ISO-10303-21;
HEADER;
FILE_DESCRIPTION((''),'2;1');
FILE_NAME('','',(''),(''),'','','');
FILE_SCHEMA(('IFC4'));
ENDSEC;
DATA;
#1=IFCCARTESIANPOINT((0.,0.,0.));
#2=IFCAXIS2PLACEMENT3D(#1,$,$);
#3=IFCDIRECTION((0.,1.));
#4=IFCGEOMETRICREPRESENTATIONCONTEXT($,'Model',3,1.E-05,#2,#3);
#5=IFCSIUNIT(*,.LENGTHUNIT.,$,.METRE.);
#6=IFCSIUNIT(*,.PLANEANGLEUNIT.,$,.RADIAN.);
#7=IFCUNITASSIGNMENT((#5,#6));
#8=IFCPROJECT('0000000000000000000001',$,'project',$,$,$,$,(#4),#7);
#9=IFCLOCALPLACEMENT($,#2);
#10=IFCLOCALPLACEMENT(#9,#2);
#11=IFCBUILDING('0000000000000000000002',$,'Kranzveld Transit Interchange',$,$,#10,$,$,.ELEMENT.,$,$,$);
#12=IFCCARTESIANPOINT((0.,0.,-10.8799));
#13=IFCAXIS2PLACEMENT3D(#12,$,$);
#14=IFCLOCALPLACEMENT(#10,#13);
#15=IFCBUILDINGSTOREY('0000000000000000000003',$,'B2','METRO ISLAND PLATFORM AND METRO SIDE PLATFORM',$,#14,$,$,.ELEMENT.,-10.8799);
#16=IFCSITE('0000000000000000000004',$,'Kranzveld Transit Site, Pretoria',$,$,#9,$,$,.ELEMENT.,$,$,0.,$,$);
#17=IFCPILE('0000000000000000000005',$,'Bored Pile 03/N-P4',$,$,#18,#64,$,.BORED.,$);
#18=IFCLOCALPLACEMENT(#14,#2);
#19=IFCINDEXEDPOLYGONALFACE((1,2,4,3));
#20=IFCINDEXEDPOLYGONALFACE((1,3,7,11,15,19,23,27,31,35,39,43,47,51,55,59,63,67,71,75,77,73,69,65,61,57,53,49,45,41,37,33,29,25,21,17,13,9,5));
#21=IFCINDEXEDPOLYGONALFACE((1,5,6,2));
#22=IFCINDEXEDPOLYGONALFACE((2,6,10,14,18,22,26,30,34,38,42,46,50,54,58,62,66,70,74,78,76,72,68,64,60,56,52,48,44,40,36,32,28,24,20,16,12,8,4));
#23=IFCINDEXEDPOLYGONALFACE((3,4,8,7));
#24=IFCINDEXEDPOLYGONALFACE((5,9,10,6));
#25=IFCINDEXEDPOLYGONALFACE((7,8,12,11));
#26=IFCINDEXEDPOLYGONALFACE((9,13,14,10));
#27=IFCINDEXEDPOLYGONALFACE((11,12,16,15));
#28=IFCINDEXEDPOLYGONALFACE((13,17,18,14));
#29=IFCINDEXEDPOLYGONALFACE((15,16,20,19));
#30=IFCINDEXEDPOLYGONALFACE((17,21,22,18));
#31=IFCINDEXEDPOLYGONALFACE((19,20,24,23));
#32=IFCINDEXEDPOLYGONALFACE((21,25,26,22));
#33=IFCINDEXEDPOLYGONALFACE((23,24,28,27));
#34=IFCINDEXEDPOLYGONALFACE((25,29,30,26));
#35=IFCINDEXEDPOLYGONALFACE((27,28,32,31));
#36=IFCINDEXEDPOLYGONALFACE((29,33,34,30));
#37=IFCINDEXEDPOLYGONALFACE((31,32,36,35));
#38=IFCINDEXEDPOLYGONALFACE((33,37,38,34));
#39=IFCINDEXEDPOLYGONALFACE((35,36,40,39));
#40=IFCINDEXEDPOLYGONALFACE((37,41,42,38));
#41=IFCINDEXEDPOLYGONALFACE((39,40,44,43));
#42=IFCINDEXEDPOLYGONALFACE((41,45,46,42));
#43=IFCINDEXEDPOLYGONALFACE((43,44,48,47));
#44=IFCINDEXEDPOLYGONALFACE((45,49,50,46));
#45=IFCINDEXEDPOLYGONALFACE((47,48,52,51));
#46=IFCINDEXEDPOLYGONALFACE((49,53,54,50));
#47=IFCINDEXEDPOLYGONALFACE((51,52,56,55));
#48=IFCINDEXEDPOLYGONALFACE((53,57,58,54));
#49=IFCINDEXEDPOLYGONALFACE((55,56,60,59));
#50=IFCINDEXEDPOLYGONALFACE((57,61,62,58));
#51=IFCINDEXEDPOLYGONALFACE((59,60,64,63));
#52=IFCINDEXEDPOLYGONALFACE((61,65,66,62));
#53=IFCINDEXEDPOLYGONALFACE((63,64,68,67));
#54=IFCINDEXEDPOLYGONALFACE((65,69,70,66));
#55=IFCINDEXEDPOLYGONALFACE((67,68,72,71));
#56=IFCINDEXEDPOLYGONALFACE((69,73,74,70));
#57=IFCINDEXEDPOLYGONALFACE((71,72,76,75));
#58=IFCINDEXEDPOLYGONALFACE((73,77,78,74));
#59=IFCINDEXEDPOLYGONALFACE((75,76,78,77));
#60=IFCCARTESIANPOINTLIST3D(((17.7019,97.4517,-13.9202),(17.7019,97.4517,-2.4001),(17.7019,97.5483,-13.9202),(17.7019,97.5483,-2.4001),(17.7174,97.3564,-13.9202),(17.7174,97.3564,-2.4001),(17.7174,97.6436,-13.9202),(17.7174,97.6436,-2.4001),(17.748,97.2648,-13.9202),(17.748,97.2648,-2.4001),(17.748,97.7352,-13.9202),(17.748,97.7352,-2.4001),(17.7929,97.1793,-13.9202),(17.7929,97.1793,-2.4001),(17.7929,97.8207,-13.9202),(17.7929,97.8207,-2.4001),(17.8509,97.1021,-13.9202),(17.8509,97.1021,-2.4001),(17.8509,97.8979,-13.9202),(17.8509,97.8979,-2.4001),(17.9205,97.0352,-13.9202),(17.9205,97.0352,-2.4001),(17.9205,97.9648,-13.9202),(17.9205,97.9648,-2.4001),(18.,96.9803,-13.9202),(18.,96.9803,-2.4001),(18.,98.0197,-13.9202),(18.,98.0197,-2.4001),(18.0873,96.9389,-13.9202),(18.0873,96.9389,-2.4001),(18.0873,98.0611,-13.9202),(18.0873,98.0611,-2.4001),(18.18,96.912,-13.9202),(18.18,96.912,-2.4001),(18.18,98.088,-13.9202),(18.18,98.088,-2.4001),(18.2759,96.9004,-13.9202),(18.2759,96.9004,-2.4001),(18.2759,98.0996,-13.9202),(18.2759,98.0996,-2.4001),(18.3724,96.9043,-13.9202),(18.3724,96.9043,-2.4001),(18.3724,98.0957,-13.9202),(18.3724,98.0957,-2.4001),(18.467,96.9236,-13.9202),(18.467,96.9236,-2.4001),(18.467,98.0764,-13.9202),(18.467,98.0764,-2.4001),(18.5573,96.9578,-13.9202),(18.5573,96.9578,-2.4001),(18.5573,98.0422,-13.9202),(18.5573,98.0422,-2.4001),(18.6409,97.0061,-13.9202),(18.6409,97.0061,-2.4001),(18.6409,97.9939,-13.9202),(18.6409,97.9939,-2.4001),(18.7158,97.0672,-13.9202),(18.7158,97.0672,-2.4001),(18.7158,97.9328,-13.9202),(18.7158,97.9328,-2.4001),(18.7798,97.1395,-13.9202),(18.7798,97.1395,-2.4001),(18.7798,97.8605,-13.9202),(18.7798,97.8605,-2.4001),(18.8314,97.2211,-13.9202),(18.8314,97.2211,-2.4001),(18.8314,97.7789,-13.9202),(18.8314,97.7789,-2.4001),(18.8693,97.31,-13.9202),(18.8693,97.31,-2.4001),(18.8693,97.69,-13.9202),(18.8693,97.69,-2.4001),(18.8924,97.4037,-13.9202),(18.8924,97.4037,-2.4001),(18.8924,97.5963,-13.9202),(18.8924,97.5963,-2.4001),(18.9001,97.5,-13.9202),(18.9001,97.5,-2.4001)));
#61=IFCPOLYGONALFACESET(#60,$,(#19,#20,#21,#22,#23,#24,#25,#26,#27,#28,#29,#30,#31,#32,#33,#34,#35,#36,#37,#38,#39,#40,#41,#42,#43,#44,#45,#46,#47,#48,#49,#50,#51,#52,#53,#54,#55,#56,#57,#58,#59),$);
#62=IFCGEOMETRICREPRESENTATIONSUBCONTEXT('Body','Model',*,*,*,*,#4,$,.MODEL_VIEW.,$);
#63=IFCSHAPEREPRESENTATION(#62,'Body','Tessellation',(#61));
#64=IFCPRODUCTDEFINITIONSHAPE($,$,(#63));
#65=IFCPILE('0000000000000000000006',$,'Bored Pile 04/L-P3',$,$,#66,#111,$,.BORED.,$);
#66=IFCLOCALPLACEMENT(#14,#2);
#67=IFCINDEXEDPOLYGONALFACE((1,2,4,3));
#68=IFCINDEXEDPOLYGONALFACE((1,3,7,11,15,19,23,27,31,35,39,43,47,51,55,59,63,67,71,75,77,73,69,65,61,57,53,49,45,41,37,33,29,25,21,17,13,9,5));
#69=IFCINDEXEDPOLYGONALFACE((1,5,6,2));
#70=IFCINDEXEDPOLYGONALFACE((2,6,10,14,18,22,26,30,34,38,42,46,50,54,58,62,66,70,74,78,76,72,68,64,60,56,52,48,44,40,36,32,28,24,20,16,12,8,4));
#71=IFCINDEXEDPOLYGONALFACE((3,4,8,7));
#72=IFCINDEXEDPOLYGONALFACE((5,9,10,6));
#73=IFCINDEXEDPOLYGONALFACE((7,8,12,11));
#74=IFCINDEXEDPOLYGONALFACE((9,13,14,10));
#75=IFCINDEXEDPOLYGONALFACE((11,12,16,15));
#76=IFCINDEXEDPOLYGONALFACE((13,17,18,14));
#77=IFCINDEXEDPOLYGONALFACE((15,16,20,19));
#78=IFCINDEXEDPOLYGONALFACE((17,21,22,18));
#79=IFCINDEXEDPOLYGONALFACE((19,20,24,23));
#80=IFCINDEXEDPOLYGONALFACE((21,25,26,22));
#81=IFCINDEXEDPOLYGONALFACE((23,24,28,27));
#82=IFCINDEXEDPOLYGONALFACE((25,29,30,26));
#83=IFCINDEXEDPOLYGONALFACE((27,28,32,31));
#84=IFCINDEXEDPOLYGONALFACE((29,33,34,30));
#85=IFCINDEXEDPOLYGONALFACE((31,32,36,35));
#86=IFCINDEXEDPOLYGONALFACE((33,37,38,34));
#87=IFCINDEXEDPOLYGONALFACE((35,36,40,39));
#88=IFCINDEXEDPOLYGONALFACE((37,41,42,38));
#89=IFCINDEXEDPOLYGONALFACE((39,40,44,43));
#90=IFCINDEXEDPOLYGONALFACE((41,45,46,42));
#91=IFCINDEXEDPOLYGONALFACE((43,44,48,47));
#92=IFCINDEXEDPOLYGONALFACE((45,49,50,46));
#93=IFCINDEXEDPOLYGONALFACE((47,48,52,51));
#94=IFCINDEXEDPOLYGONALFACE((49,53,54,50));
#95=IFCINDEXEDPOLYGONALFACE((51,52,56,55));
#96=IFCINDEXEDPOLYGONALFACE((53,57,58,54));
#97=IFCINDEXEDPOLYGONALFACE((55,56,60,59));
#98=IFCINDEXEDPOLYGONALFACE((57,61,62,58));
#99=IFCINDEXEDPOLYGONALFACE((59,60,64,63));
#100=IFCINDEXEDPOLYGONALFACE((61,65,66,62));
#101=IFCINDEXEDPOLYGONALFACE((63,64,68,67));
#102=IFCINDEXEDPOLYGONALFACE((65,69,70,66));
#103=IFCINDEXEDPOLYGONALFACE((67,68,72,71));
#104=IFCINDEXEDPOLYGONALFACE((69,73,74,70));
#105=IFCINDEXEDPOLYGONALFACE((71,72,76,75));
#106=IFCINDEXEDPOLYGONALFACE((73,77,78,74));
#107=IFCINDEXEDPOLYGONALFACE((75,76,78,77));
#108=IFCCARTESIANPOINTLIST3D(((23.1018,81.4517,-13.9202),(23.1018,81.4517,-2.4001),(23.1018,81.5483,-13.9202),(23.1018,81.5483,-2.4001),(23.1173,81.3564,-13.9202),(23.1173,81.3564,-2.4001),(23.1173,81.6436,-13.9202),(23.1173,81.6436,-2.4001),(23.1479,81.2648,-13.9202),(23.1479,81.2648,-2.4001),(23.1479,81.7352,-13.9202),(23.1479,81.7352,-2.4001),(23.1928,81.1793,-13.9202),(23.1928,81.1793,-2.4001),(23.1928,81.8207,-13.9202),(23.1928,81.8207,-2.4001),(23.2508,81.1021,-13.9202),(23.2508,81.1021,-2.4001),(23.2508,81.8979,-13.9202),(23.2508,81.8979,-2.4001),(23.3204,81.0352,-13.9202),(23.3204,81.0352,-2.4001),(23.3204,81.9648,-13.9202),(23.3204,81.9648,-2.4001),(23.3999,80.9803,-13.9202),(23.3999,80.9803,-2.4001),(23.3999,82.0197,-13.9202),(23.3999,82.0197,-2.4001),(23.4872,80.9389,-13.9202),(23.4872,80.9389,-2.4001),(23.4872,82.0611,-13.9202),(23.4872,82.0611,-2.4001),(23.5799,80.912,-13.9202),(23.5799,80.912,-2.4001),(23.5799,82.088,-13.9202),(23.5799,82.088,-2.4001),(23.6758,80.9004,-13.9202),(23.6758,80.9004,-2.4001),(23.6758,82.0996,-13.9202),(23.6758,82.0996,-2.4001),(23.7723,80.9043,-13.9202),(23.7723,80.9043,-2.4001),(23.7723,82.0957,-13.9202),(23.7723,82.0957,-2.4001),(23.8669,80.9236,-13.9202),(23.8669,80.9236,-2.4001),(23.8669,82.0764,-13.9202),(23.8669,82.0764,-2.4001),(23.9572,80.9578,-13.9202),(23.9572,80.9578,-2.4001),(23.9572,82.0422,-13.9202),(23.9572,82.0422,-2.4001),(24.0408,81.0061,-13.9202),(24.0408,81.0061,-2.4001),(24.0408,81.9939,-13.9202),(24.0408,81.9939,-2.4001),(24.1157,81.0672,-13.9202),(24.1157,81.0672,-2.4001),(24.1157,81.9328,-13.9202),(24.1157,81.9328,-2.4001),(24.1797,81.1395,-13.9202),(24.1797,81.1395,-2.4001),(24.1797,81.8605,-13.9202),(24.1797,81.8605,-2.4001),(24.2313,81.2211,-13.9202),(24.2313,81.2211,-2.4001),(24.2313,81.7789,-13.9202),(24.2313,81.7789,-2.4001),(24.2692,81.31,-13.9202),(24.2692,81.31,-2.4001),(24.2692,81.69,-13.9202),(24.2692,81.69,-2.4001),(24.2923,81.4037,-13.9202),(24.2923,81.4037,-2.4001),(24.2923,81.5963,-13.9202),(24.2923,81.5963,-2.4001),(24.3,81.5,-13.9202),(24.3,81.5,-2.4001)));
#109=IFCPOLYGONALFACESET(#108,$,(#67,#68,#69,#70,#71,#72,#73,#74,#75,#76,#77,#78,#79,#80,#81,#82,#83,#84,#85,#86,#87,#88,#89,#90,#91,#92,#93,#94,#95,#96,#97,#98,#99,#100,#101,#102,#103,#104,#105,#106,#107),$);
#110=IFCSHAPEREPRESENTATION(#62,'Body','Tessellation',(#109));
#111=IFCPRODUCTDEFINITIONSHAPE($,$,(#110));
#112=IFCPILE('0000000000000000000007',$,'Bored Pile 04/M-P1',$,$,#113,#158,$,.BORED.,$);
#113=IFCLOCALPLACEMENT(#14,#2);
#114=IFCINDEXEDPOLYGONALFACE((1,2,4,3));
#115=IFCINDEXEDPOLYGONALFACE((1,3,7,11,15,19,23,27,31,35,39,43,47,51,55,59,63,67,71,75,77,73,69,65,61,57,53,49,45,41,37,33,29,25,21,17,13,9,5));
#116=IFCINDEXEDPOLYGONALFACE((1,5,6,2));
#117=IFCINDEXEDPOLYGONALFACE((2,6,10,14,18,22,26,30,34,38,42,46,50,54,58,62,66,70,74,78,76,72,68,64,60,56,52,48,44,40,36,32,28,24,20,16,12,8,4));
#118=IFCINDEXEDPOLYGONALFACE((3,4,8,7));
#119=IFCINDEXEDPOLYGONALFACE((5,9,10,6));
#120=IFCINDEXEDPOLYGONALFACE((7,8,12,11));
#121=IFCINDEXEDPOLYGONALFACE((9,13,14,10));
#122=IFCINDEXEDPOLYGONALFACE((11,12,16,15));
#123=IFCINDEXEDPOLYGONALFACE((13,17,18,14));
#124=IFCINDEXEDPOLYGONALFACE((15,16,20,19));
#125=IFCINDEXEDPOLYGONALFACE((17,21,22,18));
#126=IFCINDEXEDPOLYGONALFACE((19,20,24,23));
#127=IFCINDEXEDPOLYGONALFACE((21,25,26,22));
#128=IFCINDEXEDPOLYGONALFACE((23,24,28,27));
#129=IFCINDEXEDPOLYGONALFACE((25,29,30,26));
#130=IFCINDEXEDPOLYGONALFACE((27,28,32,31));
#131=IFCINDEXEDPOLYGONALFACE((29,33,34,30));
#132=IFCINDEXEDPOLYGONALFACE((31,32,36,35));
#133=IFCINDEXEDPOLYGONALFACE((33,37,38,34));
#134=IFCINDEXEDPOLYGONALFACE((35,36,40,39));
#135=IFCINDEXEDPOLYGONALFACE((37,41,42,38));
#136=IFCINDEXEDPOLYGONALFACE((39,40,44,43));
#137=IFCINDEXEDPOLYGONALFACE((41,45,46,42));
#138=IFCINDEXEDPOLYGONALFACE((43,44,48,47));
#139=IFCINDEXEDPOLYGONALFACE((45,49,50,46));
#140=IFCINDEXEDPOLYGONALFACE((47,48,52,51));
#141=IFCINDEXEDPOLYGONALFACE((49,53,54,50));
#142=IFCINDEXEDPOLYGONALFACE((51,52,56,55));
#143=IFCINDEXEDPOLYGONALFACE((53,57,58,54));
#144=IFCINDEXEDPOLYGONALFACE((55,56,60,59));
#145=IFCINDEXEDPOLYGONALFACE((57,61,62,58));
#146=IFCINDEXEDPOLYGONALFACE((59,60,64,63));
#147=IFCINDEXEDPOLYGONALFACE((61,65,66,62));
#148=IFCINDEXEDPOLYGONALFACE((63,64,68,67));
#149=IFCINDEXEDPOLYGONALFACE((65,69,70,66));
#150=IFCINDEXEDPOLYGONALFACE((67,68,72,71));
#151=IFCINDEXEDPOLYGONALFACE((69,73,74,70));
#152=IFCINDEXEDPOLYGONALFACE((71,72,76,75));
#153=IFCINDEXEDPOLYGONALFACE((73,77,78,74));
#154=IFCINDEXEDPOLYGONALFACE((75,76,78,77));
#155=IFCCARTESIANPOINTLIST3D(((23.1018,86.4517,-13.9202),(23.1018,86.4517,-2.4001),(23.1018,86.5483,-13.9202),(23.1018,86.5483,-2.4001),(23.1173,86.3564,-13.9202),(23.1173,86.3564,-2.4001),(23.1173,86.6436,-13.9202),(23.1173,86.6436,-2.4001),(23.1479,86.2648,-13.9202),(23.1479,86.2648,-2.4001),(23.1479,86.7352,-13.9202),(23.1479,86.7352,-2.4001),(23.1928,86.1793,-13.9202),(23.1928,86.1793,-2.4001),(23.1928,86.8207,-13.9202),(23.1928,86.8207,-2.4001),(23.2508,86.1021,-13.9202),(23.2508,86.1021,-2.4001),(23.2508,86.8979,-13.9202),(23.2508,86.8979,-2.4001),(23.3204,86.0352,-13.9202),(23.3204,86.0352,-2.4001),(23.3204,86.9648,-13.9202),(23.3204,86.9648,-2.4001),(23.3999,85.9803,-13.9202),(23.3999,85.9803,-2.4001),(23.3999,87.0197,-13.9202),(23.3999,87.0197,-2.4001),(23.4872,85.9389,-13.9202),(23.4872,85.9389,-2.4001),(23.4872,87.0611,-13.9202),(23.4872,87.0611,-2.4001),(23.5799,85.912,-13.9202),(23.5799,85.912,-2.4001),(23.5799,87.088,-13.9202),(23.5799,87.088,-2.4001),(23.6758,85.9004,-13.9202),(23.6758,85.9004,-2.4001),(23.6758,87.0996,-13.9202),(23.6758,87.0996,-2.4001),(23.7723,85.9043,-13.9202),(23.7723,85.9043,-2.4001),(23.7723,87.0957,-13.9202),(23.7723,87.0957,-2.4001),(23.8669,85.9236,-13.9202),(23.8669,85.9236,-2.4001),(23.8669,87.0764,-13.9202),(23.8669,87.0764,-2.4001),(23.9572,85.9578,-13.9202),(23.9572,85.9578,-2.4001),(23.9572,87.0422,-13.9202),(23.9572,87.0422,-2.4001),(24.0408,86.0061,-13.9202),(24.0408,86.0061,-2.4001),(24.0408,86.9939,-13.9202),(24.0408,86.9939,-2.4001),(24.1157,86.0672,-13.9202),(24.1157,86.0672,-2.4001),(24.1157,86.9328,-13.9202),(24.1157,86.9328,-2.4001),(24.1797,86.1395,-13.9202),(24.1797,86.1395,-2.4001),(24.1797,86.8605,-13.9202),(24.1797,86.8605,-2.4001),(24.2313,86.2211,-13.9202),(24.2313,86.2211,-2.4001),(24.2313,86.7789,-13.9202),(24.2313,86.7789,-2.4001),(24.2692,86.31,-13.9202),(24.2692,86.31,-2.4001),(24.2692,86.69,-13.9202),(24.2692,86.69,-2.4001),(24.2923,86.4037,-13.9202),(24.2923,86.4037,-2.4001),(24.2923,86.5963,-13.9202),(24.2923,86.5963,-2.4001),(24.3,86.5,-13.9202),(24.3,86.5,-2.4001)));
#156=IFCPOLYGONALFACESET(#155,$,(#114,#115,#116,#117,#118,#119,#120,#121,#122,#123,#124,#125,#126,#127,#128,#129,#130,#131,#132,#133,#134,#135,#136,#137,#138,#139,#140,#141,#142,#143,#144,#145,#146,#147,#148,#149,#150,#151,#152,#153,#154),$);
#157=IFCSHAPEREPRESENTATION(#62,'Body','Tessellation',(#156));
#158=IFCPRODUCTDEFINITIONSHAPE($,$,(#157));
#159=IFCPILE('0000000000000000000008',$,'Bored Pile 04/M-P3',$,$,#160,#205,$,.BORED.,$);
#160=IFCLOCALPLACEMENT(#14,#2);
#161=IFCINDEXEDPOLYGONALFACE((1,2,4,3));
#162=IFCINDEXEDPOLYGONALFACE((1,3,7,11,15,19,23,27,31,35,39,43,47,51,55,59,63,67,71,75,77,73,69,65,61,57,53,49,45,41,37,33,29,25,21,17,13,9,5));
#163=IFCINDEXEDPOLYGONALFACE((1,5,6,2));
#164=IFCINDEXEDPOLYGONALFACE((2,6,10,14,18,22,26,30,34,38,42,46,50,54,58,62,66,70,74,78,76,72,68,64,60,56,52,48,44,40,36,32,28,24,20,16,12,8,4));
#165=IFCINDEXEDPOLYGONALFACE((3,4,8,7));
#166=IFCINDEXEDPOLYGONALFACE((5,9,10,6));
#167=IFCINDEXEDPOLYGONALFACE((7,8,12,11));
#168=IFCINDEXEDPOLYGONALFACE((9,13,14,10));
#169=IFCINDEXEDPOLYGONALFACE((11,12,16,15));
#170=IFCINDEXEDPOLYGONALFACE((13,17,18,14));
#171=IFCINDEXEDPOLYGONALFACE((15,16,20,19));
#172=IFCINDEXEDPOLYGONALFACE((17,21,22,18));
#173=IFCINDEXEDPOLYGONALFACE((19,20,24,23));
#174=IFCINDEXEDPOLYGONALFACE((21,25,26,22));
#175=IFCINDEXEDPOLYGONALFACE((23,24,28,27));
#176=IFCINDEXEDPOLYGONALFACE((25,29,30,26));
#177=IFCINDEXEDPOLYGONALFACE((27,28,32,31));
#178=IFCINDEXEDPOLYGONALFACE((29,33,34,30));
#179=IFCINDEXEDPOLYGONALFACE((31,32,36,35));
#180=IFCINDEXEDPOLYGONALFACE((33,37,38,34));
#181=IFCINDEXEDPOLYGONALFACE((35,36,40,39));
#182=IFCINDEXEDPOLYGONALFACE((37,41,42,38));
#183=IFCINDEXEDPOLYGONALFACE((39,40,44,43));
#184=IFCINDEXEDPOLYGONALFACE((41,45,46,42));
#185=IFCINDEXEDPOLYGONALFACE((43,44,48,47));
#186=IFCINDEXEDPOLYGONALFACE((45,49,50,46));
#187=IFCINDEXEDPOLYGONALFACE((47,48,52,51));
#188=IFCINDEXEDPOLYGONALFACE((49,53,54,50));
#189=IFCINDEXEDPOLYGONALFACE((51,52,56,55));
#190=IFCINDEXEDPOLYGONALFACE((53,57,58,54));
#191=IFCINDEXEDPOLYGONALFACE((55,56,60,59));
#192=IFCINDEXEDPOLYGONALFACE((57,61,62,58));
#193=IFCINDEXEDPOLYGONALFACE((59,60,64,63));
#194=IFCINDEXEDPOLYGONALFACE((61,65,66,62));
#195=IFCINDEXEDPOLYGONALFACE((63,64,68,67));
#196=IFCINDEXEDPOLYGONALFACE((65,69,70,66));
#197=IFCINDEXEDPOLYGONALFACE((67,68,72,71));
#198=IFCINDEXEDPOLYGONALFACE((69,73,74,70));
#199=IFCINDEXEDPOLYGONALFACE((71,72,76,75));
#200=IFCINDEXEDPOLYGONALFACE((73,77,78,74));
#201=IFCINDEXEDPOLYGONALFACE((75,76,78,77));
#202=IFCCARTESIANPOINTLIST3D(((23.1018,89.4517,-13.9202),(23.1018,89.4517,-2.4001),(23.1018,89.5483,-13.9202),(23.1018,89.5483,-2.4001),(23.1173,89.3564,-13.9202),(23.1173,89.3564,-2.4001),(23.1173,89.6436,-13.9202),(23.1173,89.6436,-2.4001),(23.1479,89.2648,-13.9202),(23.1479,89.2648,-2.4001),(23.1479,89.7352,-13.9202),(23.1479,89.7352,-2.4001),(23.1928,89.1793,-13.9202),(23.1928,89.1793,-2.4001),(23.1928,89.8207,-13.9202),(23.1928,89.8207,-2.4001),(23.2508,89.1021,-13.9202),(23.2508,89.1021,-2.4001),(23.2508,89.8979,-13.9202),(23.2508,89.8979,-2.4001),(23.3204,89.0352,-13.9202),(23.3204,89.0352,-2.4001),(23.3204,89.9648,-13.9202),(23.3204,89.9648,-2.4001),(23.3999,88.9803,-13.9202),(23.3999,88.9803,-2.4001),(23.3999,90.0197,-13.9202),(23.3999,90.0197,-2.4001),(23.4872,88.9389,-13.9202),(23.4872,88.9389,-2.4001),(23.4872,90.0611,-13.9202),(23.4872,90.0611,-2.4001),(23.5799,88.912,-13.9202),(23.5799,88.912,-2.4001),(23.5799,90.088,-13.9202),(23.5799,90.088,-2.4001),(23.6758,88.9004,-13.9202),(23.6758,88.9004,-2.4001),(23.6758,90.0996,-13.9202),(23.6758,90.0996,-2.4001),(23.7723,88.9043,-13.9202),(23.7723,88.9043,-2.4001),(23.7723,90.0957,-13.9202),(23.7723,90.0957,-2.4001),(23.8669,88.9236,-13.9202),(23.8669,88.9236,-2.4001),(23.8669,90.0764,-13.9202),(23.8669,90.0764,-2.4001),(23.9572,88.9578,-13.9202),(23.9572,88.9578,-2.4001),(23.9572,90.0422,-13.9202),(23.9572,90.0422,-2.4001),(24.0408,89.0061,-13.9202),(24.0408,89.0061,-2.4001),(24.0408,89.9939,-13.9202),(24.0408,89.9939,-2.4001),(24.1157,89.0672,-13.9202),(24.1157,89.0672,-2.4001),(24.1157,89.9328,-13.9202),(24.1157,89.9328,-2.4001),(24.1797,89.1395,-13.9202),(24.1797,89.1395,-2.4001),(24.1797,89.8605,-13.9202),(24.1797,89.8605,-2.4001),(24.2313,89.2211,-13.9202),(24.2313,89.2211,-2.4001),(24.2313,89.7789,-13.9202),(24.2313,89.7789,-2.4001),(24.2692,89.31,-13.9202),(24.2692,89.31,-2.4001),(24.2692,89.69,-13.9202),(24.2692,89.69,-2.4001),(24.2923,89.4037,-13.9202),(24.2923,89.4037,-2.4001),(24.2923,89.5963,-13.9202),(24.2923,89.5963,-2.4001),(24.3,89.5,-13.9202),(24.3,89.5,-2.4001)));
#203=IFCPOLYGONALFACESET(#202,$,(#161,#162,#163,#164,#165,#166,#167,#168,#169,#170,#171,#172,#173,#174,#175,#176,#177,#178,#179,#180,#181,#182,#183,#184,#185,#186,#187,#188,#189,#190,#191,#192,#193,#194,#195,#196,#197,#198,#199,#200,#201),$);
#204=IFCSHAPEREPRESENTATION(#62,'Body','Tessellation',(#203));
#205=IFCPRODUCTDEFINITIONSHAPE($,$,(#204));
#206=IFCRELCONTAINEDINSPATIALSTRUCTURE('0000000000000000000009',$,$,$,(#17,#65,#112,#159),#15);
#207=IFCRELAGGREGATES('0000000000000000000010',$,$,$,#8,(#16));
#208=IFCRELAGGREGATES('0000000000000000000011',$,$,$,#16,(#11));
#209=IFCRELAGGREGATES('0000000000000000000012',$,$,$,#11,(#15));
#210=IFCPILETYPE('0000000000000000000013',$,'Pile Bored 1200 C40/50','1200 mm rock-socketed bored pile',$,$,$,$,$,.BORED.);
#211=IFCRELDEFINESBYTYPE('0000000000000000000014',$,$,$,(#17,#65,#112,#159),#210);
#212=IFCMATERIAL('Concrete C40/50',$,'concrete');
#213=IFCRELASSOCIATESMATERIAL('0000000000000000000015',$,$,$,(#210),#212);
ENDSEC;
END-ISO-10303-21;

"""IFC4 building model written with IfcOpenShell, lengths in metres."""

from ifc_helpers import new_model, si_unit, direction, frame, origin, origin_2d, place, context, subcontext, project, spatial, circle, extrude, material, material_profile, profile_set, type_object, element, save


model = new_model("IFC4")

# Units and contexts
model_context = context("Model", 3, precision=1e-05, world=origin(), true_north=direction((0.0, 1.0)))
body_context = subcontext(model_context, "Body", "Model", "MODEL_VIEW")
ifc_project = project(units=[si_unit("LENGTHUNIT", "METRE"), si_unit("PLANEANGLEUNIT", "RADIAN")], contexts=[model_context])

# Site, building, storey
site_placement = place(None, origin())
site = spatial("IfcSite", under=ifc_project, at=site_placement, Name="Kranzveld Transit Site, Pretoria", CompositionType="ELEMENT", RefElevation=0.0)
building_placement = place(site_placement, origin())
building = spatial("IfcBuilding", under=site, at=building_placement, Name="Kranzveld Transit Interchange", CompositionType="ELEMENT")
storey_placement = place(building_placement, frame((0.0, 0.0, -10.8799)))
storey = spatial("IfcBuildingStorey", under=building, at=storey_placement, Name="B2", Description="METRO ISLAND PLATFORM AND METRO SIDE PLATFORM", CompositionType="ELEMENT", Elevation=-10.8799)

# Piles
ifc_material_1 = material(Name="Concrete C40/50", Category="concrete")
ifc_material_profile_1 = material_profile(ifc_material_1, circle(Radius=0.6001, at=origin_2d()), Name="BORED PILE 1200")
ifc_profile_set_1 = profile_set([ifc_material_profile_1], Name="Concrete C40/50")
pile_type = type_object("IfcPileType", Name="Pile Bored 1200 C40/50", Description="1200 mm rock-socketed bored pile", PredefinedType="BORED", material=ifc_profile_set_1)
for number, where, z_axis, x_axis, name in (
    (1, (18.3, 97.5, -2.4001), (0.0, 0.0, -1.0), (1.0, 0.0, 0.0), "Bored Pile 03/N-P4"),
    (2, (23.7, 81.5, -2.4001), (0.0, 0.0, -1.0), (1.0, 0.0, 0.0), "Bored Pile 04/L-P3"),
    (3, (23.7, 86.5, -2.4001), (0.0, 0.0, -1.0), (1.0, 0.0, 0.0), "Bored Pile 04/M-P1"),
    (4, (23.7, 89.5, -2.4001), (0.0, 0.0, -1.0), (1.0, 0.0, 0.0), "Bored Pile 04/M-P3"),
):
    element("IfcPile", number, at=place(storey_placement, frame(where, z_axis=z_axis, x_axis=x_axis)), inside=storey, type_object=pile_type, Name=name, PredefinedType="BORED", context=body_context, shape_type="SweptSolid", body=[
        extrude(circle(Radius=0.6001, at=origin_2d()), origin(), (0.0, 0.0, 1.0), 11.52),
    ])

save(model, "model.ifc")
